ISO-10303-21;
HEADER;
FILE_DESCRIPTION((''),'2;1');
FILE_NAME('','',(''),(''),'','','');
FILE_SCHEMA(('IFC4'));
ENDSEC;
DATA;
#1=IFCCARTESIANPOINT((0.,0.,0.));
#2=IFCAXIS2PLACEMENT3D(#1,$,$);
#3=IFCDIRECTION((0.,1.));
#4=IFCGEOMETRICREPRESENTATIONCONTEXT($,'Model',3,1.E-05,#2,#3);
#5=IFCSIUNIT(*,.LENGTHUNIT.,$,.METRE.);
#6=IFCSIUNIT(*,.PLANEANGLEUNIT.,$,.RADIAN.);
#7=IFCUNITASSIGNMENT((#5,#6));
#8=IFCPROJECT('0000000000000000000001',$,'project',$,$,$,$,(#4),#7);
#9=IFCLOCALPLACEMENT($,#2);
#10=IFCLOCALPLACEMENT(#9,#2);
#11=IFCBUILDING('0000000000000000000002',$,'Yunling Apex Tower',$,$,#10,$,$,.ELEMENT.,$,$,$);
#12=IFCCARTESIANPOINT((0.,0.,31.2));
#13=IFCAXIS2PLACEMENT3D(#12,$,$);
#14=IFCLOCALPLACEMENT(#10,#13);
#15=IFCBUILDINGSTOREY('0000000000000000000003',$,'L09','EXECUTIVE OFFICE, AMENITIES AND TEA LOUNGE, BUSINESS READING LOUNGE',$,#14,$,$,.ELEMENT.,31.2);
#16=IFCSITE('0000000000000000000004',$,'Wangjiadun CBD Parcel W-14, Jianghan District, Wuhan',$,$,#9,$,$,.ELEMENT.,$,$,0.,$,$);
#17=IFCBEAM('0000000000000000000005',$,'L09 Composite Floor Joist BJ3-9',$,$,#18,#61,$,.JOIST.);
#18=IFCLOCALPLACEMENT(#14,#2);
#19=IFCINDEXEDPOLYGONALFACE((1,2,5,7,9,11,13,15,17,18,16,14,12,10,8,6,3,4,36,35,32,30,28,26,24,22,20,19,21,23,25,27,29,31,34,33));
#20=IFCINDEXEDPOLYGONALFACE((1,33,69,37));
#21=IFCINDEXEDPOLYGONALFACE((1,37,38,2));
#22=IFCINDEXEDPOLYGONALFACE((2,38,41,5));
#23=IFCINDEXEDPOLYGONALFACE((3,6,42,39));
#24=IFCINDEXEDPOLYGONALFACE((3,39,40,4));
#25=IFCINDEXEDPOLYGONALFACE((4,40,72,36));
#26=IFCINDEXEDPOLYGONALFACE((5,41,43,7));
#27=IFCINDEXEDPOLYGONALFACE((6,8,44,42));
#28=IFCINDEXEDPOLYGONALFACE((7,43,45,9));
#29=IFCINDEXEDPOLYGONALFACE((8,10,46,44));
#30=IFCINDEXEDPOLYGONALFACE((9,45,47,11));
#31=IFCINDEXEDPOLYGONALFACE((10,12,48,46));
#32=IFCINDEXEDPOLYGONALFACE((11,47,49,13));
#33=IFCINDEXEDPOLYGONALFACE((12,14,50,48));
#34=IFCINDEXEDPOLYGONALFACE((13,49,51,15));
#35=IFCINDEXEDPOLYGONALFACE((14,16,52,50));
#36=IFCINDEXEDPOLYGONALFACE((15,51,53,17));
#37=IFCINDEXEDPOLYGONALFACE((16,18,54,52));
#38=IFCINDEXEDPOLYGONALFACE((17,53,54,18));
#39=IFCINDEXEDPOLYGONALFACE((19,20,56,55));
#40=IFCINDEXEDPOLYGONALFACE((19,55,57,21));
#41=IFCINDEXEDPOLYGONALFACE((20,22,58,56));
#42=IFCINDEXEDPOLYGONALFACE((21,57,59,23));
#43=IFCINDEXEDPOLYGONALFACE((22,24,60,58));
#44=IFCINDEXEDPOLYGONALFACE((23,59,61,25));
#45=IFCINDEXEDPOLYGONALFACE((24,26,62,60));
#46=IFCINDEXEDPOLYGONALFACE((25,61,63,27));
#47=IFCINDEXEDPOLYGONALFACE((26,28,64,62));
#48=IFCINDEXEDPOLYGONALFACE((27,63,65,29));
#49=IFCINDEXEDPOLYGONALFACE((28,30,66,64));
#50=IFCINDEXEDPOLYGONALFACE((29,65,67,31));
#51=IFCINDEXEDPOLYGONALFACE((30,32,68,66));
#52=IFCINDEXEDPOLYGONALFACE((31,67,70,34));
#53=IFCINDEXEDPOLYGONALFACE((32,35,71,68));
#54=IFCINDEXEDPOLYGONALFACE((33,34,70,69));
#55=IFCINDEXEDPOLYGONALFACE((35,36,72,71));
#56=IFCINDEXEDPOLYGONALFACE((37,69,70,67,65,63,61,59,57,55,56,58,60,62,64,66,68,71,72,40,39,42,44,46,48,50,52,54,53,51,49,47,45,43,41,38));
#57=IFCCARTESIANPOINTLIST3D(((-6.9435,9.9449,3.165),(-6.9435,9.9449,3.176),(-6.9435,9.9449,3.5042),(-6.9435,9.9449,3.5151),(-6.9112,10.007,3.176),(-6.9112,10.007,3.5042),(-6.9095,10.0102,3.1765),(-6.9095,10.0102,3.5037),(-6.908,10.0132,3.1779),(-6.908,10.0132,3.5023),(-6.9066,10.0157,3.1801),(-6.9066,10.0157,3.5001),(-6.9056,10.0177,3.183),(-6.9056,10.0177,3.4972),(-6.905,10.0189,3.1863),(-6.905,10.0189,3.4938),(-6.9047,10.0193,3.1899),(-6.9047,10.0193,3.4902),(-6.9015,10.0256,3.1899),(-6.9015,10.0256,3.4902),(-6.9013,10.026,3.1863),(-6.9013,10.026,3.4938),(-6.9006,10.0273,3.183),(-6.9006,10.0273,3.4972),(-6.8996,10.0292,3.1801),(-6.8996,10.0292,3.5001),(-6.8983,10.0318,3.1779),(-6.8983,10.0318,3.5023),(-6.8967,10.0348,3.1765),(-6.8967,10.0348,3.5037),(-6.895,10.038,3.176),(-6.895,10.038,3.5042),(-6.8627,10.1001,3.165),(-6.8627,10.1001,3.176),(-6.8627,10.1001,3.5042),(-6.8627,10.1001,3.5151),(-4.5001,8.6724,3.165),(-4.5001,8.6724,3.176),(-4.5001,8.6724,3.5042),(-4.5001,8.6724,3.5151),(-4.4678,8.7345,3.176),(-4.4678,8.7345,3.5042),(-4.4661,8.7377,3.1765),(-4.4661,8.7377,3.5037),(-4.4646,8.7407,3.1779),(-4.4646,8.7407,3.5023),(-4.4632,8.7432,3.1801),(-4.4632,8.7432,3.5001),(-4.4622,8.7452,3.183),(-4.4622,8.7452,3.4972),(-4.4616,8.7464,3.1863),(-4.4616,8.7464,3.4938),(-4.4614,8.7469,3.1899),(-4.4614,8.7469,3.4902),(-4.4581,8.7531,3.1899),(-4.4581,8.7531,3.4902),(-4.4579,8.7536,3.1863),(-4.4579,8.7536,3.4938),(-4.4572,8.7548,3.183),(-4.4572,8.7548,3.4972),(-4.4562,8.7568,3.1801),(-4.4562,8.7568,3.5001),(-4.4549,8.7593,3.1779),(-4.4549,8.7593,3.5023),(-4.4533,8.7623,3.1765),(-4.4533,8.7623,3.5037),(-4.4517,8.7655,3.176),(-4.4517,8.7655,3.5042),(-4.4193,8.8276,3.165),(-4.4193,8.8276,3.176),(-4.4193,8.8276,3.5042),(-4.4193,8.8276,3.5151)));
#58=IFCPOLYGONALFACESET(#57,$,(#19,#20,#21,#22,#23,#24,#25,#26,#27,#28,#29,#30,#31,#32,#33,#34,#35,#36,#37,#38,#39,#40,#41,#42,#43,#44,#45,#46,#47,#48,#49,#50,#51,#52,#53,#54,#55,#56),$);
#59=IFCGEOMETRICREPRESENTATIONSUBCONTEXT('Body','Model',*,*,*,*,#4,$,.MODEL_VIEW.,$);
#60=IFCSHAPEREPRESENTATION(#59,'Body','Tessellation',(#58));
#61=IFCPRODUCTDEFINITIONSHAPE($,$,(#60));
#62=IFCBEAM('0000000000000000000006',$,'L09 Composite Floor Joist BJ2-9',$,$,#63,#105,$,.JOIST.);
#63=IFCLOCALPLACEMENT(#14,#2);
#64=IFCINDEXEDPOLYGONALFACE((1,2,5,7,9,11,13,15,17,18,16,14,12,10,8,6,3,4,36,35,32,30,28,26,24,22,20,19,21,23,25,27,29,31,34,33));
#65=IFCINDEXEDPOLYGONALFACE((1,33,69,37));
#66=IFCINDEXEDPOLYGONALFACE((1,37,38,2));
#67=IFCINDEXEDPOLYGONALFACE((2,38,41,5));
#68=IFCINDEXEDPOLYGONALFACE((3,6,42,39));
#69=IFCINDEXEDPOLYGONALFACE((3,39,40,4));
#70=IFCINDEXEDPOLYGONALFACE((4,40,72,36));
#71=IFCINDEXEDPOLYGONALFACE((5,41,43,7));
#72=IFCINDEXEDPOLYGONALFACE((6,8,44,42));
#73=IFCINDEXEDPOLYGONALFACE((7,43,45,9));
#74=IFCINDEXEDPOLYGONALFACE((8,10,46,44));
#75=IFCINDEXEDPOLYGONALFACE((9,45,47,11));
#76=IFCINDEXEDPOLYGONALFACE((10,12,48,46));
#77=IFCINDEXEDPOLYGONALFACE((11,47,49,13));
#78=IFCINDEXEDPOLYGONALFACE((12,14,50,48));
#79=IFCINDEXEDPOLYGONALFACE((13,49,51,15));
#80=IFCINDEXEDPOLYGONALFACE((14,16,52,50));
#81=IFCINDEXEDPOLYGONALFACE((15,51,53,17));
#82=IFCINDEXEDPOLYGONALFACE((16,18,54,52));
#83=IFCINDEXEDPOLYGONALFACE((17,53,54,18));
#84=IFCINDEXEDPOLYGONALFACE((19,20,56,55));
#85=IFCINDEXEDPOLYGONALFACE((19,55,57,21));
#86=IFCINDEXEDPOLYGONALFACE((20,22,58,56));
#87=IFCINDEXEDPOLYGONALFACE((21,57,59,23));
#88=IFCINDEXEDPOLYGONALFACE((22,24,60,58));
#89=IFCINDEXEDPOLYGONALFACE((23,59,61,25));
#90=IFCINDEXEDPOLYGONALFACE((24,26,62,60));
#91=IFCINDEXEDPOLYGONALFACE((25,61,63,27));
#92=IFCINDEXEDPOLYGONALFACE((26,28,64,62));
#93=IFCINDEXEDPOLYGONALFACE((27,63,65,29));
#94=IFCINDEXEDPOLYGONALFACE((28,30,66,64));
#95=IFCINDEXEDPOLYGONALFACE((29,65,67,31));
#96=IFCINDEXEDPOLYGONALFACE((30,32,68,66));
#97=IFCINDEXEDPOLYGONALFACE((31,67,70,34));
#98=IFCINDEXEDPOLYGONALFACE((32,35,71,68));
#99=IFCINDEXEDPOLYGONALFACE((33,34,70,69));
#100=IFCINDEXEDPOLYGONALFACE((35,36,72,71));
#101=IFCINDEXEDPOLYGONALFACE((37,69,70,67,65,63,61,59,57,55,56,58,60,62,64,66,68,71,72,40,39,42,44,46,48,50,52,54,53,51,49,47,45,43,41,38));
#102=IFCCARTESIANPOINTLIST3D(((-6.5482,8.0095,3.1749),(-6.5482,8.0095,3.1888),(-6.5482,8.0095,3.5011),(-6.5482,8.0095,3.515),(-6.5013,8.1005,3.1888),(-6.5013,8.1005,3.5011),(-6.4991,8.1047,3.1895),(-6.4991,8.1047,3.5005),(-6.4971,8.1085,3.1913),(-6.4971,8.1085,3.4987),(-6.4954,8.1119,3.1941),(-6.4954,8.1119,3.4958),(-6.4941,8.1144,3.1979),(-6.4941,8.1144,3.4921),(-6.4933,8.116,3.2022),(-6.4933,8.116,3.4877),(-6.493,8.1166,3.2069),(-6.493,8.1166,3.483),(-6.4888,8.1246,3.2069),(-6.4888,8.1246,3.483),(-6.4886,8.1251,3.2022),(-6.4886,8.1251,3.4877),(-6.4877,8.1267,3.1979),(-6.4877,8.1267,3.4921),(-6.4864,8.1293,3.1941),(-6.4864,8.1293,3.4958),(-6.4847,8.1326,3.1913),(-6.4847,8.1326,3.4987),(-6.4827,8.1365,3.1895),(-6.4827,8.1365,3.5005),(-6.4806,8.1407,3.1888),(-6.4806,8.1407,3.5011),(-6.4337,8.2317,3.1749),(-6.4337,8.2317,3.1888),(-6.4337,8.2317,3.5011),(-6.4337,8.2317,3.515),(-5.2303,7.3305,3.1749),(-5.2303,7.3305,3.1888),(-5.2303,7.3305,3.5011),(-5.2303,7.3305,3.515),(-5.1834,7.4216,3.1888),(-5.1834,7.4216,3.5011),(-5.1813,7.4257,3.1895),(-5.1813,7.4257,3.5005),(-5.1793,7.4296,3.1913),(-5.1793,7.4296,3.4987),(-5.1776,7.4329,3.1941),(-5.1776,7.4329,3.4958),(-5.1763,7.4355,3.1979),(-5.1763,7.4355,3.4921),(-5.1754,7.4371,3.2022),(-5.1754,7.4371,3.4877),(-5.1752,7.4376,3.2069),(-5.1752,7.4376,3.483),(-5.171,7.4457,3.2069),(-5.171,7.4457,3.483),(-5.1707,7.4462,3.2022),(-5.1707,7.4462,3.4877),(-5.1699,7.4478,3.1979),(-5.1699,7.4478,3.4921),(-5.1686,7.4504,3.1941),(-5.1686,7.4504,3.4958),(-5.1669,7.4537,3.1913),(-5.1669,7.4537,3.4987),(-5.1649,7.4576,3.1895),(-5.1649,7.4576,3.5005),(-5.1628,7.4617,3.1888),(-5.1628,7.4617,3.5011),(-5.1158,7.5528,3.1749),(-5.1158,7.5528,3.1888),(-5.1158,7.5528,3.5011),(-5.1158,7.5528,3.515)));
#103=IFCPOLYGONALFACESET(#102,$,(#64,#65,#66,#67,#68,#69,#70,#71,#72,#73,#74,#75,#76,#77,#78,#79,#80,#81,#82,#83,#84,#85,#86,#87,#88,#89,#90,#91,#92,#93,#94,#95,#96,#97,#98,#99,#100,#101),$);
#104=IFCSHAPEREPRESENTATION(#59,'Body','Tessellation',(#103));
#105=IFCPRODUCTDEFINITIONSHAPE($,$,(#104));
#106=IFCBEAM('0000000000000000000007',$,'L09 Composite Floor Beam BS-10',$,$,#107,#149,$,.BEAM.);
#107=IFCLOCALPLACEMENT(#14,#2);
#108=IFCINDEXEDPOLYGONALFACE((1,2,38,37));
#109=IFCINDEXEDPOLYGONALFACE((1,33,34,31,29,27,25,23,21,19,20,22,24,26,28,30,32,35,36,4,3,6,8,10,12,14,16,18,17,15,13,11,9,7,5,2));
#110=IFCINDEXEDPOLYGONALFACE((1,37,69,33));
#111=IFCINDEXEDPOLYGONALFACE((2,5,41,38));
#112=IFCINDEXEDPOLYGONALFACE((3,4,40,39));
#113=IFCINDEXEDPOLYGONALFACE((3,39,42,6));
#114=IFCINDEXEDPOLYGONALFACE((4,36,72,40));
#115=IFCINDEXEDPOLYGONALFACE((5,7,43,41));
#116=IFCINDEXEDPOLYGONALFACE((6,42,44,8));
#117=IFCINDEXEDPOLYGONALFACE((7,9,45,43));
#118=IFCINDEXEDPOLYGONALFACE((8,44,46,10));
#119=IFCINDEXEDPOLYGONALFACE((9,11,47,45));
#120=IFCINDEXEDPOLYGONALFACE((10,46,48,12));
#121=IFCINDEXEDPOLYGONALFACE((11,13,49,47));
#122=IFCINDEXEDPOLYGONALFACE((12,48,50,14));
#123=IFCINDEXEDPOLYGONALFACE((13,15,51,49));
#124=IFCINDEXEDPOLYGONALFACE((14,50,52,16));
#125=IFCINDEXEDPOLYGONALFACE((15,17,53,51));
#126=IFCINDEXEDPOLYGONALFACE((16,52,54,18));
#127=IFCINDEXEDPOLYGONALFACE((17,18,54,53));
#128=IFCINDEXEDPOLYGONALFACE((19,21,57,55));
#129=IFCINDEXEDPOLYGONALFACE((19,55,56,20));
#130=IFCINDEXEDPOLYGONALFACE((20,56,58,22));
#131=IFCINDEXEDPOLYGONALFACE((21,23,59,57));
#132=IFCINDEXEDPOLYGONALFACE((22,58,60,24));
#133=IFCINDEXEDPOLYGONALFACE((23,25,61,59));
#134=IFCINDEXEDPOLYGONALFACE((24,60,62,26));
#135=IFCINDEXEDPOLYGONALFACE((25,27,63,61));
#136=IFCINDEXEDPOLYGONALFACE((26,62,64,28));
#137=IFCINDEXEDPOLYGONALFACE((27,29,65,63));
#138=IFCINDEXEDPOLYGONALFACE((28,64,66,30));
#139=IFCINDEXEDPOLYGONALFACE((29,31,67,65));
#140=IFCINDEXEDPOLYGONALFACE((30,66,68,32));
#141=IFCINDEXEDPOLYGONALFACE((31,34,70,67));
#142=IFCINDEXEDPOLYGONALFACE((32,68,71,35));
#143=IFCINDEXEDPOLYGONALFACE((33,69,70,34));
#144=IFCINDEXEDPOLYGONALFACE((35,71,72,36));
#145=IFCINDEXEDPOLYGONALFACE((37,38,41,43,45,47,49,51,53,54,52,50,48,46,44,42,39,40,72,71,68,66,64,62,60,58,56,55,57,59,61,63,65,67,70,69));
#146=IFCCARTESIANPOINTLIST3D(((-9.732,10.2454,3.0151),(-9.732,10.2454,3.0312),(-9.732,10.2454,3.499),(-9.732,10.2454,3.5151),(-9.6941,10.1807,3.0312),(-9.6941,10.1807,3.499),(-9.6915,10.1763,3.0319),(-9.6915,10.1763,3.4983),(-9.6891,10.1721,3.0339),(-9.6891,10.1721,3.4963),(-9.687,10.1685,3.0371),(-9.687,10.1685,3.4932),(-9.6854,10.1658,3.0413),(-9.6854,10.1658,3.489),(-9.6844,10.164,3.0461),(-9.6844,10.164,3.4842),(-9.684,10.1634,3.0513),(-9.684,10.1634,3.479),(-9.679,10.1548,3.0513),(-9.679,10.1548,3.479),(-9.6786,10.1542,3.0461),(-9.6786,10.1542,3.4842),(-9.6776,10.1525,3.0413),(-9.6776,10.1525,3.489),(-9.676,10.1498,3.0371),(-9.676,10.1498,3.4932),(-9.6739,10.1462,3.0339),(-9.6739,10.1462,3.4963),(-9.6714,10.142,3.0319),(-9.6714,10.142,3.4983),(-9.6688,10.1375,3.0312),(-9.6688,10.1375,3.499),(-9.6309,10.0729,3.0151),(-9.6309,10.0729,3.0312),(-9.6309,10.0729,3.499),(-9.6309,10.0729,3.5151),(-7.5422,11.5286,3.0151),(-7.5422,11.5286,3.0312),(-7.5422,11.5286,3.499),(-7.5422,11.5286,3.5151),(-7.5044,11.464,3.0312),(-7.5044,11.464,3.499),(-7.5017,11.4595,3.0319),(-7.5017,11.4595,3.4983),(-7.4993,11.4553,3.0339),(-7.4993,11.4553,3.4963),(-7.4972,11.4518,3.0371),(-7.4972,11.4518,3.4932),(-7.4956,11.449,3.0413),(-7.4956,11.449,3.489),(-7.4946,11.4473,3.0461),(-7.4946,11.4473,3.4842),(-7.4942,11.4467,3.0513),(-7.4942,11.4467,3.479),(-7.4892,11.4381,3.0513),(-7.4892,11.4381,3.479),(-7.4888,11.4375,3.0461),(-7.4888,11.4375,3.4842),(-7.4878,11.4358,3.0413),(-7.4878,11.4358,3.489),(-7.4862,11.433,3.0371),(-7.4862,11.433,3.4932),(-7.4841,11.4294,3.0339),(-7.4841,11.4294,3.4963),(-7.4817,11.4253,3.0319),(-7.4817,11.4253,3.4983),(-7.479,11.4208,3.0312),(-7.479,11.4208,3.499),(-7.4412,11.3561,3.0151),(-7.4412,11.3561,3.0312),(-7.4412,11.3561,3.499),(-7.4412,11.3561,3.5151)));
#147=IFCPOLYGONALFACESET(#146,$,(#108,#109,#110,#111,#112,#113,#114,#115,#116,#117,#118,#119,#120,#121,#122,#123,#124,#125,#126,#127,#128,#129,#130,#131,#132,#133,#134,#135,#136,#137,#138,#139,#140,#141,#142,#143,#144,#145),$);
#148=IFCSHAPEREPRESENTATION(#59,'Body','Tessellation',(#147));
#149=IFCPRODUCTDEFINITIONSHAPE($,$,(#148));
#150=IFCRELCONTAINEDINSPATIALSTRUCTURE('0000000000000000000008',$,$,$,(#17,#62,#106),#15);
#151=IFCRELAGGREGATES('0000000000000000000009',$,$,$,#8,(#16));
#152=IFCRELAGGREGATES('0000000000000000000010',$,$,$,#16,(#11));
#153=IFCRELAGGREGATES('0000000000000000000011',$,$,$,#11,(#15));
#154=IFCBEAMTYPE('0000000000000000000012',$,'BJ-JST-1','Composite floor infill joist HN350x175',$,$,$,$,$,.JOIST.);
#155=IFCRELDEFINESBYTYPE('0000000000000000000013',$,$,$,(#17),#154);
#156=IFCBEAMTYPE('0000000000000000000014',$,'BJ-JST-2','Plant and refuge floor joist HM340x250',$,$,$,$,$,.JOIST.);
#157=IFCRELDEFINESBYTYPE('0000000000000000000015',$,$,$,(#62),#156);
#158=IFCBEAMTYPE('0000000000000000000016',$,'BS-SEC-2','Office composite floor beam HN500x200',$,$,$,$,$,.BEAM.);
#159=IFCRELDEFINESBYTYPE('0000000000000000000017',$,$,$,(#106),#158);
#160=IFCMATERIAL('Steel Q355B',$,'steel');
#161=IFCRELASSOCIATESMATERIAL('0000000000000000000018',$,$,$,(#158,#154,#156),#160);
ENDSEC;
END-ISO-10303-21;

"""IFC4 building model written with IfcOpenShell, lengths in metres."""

from ifc_helpers import new_model, si_unit, direction, frame, origin, origin_2d, place, context, subcontext, project, spatial, i_section, extrude, source, transform, mapped, material, material_profile, profile_set, type_object, element, save


model = new_model("IFC4")

# Units and contexts
model_context = context("Model", 3, precision=1e-05, world=origin(), true_north=direction((0.0, 1.0)))
body_context = subcontext(model_context, "Body", "Model", "MODEL_VIEW")
ifc_project = project(units=[si_unit("LENGTHUNIT", "METRE"), si_unit("PLANEANGLEUNIT", "RADIAN")], contexts=[model_context])

# Site, building, storey
site_placement = place(None, origin())
site = spatial("IfcSite", under=ifc_project, at=site_placement, Name="Wangjiadun CBD Parcel W-14, Jianghan District, Wuhan", CompositionType="ELEMENT", RefElevation=0.0)
building_placement = place(site_placement, origin())
building = spatial("IfcBuilding", under=site, at=building_placement, Name="Yunling Apex Tower", CompositionType="ELEMENT")
storey_placement = place(building_placement, frame((0.0, 0.0, 31.2)))
storey = spatial("IfcBuildingStorey", under=building, at=storey_placement, Name="L09", Description="EXECUTIVE OFFICE, AMENITIES AND TEA LOUNGE, BUSINESS READING LOUNGE", CompositionType="ELEMENT", Elevation=31.2)

# Beams
ifc_material_1 = material(Name="Steel Q355B", Category="steel")
ifc_material_profile_1 = material_profile(ifc_material_1, i_section(OverallWidth=0.2, OverallDepth=0.5, WebThickness=0.01, FlangeThickness=0.0161, FilletRadius=0.02, at=origin_2d()))
ifc_profile_set_1 = profile_set([ifc_material_profile_1], Name="Steel Q355B")
beam_type_1 = type_object("IfcBeamType", Name="BS-SEC-2", Description="Office composite floor beam HN500x200", PredefinedType="BEAM", material=ifc_profile_set_1)
ifc_material_profile_2 = material_profile(ifc_material_1, i_section(OverallWidth=0.175, OverallDepth=0.3501, WebThickness=0.0071, FlangeThickness=0.011, FilletRadius=0.0139, at=origin_2d()))
ifc_profile_set_2 = profile_set([ifc_material_profile_2], Name="Steel Q355B")
beam_type_2 = type_object("IfcBeamType", Name="BJ-JST-1", Description="Composite floor infill joist HN350x175", PredefinedType="JOIST", material=ifc_profile_set_2)
shared_shape_1 = source(origin(), body_context, "Body", "SweptSolid", [
    extrude(i_section(OverallWidth=0.175, OverallDepth=0.3501, WebThickness=0.0071, FlangeThickness=0.011, FilletRadius=0.0139, at=origin_2d()), origin(), (0.0, 0.0, 1.0), 2.7549),
])
beam_1_placement = place(storey_placement, frame((-4.4597, 8.75, 3.3401), z_axis=(-0.886932, 0.4619, 0.0), x_axis=(-0.4619, -0.886932, 0.0)))
element("IfcBeam", 1, at=beam_1_placement, inside=storey, type_object=beam_type_2, Name="L09 Composite Floor Joist BJ3-9", PredefinedType="JOIST", context=body_context, shape_type="MappedRepresentation", body=[
    mapped(shared_shape_1, transform((0.0, 0.0, 0.0), scale=1.0)),
])
ifc_material_profile_3 = material_profile(ifc_material_1, i_section(OverallWidth=0.25, OverallDepth=0.3401, WebThickness=0.009, FlangeThickness=0.0139, FilletRadius=0.0181, at=origin_2d()))
ifc_profile_set_3 = profile_set([ifc_material_profile_3], Name="Steel Q355B")
beam_type_3 = type_object("IfcBeamType", Name="BJ-JST-2", Description="Plant and refuge floor joist HM340x250", PredefinedType="JOIST", material=ifc_profile_set_3)
shared_shape_2 = source(origin(), body_context, "Body", "SweptSolid", [
    extrude(i_section(OverallWidth=0.25, OverallDepth=0.3401, WebThickness=0.009, FlangeThickness=0.0139, FilletRadius=0.0181, at=origin_2d()), origin(), (0.0, 0.0, 1.0), 1.4824),
])
beam_2_placement = place(storey_placement, frame((-5.1731, 7.4417, 3.345), z_axis=(-0.88896, 0.457984, 0.0), x_axis=(-0.457984, -0.88896, 0.0)))
element("IfcBeam", 2, at=beam_2_placement, inside=storey, type_object=beam_type_3, Name="L09 Composite Floor Joist BJ2-9", PredefinedType="JOIST", context=body_context, shape_type="MappedRepresentation", body=[
    mapped(shared_shape_2, transform((0.0, 0.0, 0.0), scale=1.0)),
])
shared_shape_3 = source(origin(), body_context, "Body", "SweptSolid", [
    extrude(i_section(OverallWidth=0.2, OverallDepth=0.5, WebThickness=0.01, FlangeThickness=0.0161, FilletRadius=0.02, at=origin_2d()), origin(), (0.0, 0.0, 1.0), 2.5381),
])
beam_3_placement = place(storey_placement, frame((-7.4917, 11.4424, 3.2651), z_axis=(-0.862769, -0.505599, 0.0), x_axis=(0.505599, -0.862769, 0.0)))
element("IfcBeam", 3, at=beam_3_placement, inside=storey, type_object=beam_type_1, Name="L09 Composite Floor Beam BS-10", PredefinedType="BEAM", context=body_context, shape_type="MappedRepresentation", body=[
    mapped(shared_shape_3, transform((0.0, 0.0, 0.0), scale=1.0)),
])

save(model, "model.ifc")
